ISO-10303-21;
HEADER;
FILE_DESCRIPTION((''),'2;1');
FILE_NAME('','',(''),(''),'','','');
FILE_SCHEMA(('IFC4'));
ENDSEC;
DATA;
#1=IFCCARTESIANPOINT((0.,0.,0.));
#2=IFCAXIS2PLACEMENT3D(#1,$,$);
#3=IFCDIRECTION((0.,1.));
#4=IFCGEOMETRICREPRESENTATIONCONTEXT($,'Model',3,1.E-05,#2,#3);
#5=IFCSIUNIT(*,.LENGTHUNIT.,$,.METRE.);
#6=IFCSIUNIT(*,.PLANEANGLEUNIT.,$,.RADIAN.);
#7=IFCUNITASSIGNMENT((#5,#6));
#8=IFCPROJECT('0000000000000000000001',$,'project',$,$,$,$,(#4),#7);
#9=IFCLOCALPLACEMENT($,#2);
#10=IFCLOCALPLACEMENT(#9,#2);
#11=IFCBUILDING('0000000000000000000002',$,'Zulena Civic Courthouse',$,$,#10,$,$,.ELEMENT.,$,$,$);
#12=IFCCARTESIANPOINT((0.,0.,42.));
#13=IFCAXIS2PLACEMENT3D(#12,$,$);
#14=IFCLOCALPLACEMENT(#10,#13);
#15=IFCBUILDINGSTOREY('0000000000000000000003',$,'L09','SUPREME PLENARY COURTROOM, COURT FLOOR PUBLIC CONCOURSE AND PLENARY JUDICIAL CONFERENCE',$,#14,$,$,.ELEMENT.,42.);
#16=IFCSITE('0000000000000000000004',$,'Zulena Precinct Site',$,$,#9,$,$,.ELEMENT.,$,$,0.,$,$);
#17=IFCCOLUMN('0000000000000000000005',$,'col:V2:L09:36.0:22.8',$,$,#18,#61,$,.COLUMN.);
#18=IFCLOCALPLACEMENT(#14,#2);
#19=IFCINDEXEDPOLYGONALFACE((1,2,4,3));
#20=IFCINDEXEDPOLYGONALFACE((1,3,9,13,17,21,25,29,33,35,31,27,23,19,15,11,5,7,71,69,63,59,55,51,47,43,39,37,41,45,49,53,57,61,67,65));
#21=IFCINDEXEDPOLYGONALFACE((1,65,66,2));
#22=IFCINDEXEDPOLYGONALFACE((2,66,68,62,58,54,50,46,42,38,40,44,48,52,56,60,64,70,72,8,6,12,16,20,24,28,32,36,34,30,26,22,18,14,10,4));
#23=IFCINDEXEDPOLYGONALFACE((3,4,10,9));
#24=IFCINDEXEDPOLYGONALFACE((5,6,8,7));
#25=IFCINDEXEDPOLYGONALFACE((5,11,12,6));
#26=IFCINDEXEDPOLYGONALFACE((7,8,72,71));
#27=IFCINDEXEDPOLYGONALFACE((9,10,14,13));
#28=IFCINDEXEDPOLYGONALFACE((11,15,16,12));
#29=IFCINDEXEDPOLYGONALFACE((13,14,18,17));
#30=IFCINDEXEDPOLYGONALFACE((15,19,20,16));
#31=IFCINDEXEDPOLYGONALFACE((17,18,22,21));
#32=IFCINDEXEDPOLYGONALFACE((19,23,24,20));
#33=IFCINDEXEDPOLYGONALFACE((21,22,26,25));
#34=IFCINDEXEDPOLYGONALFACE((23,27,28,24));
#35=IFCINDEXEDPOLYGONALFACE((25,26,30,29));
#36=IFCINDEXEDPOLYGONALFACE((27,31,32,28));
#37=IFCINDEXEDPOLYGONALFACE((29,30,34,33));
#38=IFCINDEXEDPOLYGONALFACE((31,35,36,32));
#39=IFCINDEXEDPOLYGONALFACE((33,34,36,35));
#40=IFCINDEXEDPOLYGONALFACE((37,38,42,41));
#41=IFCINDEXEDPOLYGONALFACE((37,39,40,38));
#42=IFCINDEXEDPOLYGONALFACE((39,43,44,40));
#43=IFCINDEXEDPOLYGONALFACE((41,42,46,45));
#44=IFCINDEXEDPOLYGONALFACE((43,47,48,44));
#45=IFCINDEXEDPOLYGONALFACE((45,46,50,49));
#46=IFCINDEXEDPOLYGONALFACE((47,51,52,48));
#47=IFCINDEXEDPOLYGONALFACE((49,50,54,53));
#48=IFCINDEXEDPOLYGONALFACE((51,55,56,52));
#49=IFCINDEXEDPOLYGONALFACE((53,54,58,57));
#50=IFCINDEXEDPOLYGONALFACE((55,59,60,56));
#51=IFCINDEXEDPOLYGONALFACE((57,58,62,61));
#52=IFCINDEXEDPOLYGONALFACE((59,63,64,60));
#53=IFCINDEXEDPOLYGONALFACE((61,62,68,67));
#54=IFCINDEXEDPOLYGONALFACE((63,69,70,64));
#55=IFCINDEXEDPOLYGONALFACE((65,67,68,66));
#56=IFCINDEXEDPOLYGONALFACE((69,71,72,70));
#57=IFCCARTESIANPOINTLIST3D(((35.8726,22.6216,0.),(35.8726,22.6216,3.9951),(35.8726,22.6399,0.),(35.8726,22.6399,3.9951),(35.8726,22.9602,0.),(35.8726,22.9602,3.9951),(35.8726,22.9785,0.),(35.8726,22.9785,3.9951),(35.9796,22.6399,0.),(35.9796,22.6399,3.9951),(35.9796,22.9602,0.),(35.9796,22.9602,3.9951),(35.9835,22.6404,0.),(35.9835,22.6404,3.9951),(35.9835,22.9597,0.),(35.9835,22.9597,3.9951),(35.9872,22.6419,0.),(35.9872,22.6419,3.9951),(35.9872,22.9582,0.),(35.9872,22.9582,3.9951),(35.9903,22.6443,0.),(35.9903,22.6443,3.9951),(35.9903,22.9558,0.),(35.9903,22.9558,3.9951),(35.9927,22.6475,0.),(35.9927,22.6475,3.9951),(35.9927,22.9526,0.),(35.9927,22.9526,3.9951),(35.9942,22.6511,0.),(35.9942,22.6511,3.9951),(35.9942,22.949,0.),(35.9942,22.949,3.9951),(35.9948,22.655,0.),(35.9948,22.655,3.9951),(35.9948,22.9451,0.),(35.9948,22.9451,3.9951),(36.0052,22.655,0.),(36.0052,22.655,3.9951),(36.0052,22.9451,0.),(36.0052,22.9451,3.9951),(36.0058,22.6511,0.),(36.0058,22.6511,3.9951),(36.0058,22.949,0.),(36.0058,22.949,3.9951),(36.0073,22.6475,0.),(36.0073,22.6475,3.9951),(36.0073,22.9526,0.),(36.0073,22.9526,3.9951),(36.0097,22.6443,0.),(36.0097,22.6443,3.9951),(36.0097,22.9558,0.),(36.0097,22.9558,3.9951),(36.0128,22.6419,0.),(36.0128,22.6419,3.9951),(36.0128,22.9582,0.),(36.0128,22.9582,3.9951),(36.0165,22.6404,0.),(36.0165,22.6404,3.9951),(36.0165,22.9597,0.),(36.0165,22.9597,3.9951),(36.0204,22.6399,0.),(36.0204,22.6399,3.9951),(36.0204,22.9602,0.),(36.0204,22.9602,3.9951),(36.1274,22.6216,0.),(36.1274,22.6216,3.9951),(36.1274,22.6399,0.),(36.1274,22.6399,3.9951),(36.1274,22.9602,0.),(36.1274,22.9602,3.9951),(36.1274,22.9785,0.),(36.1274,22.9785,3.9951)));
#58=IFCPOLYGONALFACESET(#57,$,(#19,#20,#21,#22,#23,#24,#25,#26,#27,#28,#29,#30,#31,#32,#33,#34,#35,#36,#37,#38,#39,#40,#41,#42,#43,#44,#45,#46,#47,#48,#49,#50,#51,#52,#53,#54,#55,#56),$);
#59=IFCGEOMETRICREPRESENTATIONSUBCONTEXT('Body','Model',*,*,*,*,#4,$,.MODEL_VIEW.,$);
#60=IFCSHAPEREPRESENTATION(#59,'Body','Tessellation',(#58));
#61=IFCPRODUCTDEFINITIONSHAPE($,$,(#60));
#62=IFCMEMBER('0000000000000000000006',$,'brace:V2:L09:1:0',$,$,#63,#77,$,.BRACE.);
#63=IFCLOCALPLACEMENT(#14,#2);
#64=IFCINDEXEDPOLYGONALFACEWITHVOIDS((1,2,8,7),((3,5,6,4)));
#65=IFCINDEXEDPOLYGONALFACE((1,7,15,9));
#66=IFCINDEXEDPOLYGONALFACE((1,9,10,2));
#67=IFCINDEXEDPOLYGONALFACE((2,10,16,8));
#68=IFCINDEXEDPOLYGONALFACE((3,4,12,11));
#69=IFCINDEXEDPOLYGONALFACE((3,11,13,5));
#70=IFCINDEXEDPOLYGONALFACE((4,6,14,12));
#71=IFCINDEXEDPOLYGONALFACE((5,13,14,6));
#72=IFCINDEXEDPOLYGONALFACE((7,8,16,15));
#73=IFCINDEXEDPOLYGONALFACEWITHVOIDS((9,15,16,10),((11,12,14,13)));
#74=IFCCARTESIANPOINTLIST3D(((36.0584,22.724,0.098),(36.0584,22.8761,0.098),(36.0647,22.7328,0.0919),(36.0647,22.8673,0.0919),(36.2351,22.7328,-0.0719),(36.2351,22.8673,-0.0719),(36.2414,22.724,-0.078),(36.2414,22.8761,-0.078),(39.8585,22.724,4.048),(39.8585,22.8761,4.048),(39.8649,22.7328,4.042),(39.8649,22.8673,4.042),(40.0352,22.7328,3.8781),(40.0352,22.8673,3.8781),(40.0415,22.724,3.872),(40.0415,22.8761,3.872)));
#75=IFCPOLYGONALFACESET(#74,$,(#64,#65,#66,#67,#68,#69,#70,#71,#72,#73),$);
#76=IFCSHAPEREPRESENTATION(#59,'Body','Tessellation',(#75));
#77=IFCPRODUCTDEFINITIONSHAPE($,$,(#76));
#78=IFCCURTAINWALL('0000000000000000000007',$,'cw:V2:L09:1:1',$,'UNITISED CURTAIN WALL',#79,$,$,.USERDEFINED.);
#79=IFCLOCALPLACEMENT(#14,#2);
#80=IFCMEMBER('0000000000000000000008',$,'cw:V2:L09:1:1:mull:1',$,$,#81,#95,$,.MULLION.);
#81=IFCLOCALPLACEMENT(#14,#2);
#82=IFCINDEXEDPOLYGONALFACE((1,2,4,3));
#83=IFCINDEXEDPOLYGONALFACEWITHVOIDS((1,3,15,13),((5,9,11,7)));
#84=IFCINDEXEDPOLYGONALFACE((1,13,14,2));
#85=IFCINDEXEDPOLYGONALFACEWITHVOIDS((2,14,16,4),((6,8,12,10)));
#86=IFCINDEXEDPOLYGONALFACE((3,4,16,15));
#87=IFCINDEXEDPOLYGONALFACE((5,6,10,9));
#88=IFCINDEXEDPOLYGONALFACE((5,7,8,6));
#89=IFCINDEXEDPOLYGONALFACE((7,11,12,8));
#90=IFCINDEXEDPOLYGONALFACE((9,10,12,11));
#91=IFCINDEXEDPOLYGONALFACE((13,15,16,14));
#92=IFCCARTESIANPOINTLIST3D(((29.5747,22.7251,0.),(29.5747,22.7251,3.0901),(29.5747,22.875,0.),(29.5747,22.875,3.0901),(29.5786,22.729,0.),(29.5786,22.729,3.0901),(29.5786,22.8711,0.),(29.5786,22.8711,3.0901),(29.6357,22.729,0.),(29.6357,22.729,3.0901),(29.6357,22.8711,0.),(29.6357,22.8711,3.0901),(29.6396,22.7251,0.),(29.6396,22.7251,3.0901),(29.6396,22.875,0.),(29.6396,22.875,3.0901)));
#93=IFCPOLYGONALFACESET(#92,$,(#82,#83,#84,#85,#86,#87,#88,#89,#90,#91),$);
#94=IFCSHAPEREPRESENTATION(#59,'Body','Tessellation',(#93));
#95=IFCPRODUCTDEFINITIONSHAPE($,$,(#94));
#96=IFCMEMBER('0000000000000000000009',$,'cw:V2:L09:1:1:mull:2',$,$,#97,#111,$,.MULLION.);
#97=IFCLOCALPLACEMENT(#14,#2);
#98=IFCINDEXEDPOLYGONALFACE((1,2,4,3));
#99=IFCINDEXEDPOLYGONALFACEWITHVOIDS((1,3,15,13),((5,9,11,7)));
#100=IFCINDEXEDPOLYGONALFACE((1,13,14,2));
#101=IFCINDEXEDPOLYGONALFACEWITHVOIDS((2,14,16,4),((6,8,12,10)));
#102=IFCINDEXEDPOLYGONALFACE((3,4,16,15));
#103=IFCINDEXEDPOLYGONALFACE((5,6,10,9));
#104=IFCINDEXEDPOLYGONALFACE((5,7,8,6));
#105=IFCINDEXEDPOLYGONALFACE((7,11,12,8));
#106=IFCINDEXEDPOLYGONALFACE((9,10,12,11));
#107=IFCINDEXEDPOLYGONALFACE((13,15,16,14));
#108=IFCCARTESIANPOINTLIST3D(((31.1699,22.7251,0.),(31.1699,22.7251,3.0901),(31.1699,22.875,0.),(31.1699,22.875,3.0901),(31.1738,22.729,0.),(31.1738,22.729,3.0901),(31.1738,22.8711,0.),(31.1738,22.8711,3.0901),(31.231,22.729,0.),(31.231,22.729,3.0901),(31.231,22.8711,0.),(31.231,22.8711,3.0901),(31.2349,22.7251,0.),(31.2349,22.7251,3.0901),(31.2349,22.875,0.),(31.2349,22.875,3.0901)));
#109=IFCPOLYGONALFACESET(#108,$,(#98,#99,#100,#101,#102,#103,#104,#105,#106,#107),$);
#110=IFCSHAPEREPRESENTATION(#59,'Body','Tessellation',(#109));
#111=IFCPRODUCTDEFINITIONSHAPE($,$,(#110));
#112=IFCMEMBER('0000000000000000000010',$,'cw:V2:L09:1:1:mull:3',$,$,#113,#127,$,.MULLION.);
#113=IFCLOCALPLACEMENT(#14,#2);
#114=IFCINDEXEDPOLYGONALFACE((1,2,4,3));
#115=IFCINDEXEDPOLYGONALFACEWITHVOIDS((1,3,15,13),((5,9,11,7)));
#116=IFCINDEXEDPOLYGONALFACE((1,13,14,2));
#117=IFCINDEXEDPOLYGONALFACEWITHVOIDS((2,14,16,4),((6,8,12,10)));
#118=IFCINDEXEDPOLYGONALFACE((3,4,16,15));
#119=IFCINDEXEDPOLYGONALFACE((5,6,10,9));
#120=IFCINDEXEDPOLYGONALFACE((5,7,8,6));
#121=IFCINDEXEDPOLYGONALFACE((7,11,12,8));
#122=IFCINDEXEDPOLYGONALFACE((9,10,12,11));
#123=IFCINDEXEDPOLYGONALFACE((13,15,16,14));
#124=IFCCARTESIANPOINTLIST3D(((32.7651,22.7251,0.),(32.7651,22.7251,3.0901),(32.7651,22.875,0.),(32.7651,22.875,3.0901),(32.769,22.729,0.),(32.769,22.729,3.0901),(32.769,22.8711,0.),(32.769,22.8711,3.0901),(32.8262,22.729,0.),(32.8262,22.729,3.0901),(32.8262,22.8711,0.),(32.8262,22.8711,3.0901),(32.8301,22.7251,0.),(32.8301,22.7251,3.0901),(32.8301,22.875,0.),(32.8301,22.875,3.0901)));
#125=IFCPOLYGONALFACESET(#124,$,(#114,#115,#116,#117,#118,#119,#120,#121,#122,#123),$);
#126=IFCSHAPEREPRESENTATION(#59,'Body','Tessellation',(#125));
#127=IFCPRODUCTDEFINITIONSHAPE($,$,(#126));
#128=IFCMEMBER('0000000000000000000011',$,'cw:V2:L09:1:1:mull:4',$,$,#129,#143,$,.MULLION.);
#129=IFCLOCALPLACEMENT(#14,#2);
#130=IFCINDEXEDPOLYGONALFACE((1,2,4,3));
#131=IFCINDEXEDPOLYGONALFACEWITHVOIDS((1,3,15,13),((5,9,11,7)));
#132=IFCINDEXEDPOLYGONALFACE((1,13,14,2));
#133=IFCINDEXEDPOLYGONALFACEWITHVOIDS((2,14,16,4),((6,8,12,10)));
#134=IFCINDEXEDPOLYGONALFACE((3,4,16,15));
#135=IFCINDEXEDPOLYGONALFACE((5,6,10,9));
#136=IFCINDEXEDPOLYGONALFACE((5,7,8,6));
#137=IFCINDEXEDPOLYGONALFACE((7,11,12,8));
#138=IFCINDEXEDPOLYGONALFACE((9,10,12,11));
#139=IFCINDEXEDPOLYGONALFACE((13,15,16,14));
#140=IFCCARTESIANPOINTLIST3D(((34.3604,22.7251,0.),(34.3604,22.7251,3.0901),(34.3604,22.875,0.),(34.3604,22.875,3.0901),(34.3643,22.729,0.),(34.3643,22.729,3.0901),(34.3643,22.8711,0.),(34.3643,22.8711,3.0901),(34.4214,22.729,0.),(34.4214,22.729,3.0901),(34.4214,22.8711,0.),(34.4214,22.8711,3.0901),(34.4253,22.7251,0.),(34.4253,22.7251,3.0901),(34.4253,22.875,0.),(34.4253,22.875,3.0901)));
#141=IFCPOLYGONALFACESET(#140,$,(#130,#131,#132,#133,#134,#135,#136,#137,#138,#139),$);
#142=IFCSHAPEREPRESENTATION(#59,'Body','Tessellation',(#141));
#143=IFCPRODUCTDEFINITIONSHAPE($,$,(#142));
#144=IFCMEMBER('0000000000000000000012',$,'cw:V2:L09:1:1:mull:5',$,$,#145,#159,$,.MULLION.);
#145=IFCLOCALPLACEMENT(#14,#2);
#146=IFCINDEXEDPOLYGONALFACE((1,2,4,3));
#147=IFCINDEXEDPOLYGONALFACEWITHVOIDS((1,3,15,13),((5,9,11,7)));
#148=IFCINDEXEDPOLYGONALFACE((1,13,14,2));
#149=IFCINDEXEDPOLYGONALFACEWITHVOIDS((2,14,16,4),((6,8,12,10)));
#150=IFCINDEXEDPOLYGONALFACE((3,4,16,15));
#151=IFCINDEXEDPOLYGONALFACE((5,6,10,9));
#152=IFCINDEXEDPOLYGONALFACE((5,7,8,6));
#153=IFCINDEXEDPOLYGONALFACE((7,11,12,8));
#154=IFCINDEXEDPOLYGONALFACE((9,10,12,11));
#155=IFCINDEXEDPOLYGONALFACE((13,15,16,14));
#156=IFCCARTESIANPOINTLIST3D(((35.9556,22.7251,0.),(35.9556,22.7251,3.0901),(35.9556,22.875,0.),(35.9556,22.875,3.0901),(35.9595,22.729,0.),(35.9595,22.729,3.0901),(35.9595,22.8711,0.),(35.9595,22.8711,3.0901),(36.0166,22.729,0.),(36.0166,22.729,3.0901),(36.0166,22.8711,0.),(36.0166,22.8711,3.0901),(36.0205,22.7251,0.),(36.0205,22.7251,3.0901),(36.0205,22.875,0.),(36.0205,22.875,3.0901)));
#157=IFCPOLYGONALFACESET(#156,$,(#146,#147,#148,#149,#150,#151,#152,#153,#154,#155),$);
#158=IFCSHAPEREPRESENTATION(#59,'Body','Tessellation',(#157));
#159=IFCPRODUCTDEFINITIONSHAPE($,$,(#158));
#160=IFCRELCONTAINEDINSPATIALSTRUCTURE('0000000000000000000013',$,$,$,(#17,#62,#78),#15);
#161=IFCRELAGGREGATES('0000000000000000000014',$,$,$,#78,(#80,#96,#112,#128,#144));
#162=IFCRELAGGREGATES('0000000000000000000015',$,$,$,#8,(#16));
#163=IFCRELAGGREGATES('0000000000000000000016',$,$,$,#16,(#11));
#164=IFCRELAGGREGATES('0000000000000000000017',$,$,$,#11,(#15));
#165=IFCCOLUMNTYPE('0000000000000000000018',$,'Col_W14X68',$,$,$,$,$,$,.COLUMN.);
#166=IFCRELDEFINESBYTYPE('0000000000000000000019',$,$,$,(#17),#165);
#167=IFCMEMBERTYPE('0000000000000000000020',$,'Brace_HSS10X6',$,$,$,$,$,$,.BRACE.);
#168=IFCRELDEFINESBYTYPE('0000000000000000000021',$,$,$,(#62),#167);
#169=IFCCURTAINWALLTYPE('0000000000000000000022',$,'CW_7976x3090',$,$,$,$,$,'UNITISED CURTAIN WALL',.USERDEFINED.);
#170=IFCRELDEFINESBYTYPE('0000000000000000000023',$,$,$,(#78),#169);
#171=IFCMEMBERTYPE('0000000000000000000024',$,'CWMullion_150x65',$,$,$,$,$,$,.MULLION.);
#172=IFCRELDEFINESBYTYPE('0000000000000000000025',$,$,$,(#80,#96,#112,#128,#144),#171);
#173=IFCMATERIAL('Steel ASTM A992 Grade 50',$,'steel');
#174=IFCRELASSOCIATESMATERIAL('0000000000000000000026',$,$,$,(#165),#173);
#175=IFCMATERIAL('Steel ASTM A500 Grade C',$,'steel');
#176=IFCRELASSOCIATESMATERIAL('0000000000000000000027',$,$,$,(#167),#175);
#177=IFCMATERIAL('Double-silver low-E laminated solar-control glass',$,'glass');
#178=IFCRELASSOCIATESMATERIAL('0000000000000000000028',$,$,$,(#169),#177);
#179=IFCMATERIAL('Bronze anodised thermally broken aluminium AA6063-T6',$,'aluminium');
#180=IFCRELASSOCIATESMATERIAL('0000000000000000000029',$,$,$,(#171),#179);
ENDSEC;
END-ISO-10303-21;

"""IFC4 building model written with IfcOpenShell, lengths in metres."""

from ifc_helpers import new_model, si_unit, direction, frame, origin, origin_2d, place, context, subcontext, project, spatial, hollow_rectangle, i_section, extrude, material, material_profile, profile_set, type_object, element, aggregate, save


model = new_model("IFC4")

# Units and contexts
model_context = context("Model", 3, precision=1e-05, world=origin(), true_north=direction((0.0, 1.0)))
body_context = subcontext(model_context, "Body", "Model", "MODEL_VIEW")
ifc_project = project(units=[si_unit("LENGTHUNIT", "METRE"), si_unit("PLANEANGLEUNIT", "RADIAN")], contexts=[model_context])

# Site, building, storey
site_placement = place(None, origin())
site = spatial("IfcSite", under=ifc_project, at=site_placement, Name="Zulena Precinct Site", CompositionType="ELEMENT", RefElevation=0.0)
building_placement = place(site_placement, origin())
building = spatial("IfcBuilding", under=site, at=building_placement, Name="Zulena Civic Courthouse", CompositionType="ELEMENT")
storey_placement = place(building_placement, frame((0.0, 0.0, 42.0)))
storey = spatial("IfcBuildingStorey", under=building, at=storey_placement, Name="L09", Description="SUPREME PLENARY COURTROOM, COURT FLOOR PUBLIC CONCOURSE AND PLENARY JUDICIAL CONFERENCE", CompositionType="ELEMENT", Elevation=42.0)

# Column
ifc_material_1 = material(Name="Steel ASTM A992 Grade 50", Category="steel")
ifc_material_profile_1 = material_profile(ifc_material_1, i_section(OverallWidth=0.2549, OverallDepth=0.3569, WebThickness=0.0105, FlangeThickness=0.0183, FilletRadius=0.0151, at=origin_2d()), Name="W14X68")
ifc_profile_set_1 = profile_set([ifc_material_profile_1], Name="Steel ASTM A992 Grade 50")
column_type = type_object("IfcColumnType", Name="Col_W14X68", PredefinedType="COLUMN", material=ifc_profile_set_1)
column_placement = place(storey_placement, frame((36.0, 22.8, 0.0), z_axis=(0.0, 0.0, 1.0), x_axis=(1.0, 0.0, 0.0)))
element("IfcColumn", 1, at=column_placement, inside=storey, type_object=column_type, Name="col:V2:L09:36.0:22.8", PredefinedType="COLUMN", context=body_context, shape_type="SweptSolid", body=[
    extrude(i_section(OverallWidth=0.2549, OverallDepth=0.3569, WebThickness=0.0105, FlangeThickness=0.0183, FilletRadius=0.0151, at=origin_2d()), origin(), (0.0, 0.0, 1.0), 3.9951),
])

# Member
ifc_material_2 = material(Name="Steel ASTM A500 Grade C", Category="steel")
ifc_material_profile_2 = material_profile(ifc_material_2, hollow_rectangle(XDim=0.1521, YDim=0.2539, WallThickness=0.0088, at=origin_2d()), Name="HSS10X6X3/8")
ifc_profile_set_2 = profile_set([ifc_material_profile_2], Name="Steel ASTM A500 Grade C")
member_type_1 = type_object("IfcMemberType", Name="Brace_HSS10X6", PredefinedType="BRACE", material=ifc_profile_set_2)
member_1_placement = place(storey_placement, frame((36.1499, 22.8, 0.01), z_axis=(0.6933, 0.0, 0.720649), x_axis=(0.0, 1.0, 0.0)))
element("IfcMember", 2, at=member_1_placement, inside=storey, type_object=member_type_1, Name="brace:V2:L09:1:0", PredefinedType="BRACE", context=body_context, shape_type="SweptSolid", body=[
    extrude(hollow_rectangle(XDim=0.1521, YDim=0.2539, WallThickness=0.0088, at=origin_2d()), origin(), (0.0, 0.0, 1.0), 5.4812),
])

# Curtain wall, members
ifc_material_3 = material(Name="Double-silver low-E laminated solar-control glass", Category="glass")
curtain_wall_type = type_object("IfcCurtainWallType", Name="CW_7976x3090", ElementType="UNITISED CURTAIN WALL", PredefinedType="USERDEFINED", material=ifc_material_3)
curtain_wall_placement = place(storey_placement, origin())
curtain_wall = element("IfcCurtainWall", 3, at=curtain_wall_placement, inside=storey, type_object=curtain_wall_type, Name="cw:V2:L09:1:1", ObjectType="UNITISED CURTAIN WALL", PredefinedType="USERDEFINED")
ifc_material_4 = material(Name="Bronze anodised thermally broken aluminium AA6063-T6", Category="aluminium")
ifc_material_profile_3 = material_profile(ifc_material_4, hollow_rectangle(XDim=0.0649, YDim=0.1499, WallThickness=0.0039, at=origin_2d()), Name="CWM150X65X4")
ifc_profile_set_3 = profile_set([ifc_material_profile_3], Name="Bronze anodised thermally broken aluminium AA6063-T6")
member_type_2 = type_object("IfcMemberType", Name="CWMullion_150x65", PredefinedType="MULLION", material=ifc_profile_set_3)
member_2_placement = place(storey_placement, frame((29.6072, 22.8, 0.0), z_axis=(0.0, 0.0, 1.0), x_axis=(1.0, 0.0, 0.0)))
member_2 = element("IfcMember", 4, at=member_2_placement, type_object=member_type_2, Name="cw:V2:L09:1:1:mull:1", PredefinedType="MULLION", context=body_context, shape_type="SweptSolid", body=[
    extrude(hollow_rectangle(XDim=0.0649, YDim=0.1499, WallThickness=0.0039, at=origin_2d()), origin(), (0.0, 0.0, 1.0), 3.0901),
])
member_3_placement = place(storey_placement, frame((31.2024, 22.8, 0.0), z_axis=(0.0, 0.0, 1.0), x_axis=(1.0, 0.0, 0.0)))
member_3 = element("IfcMember", 5, at=member_3_placement, type_object=member_type_2, Name="cw:V2:L09:1:1:mull:2", PredefinedType="MULLION", context=body_context, shape_type="SweptSolid", body=[
    extrude(hollow_rectangle(XDim=0.0649, YDim=0.1499, WallThickness=0.0039, at=origin_2d()), origin(), (0.0, 0.0, 1.0), 3.0901),
])
member_4_placement = place(storey_placement, frame((32.7976, 22.8, 0.0), z_axis=(0.0, 0.0, 1.0), x_axis=(1.0, 0.0, 0.0)))
member_4 = element("IfcMember", 6, at=member_4_placement, type_object=member_type_2, Name="cw:V2:L09:1:1:mull:3", PredefinedType="MULLION", context=body_context, shape_type="SweptSolid", body=[
    extrude(hollow_rectangle(XDim=0.0649, YDim=0.1499, WallThickness=0.0039, at=origin_2d()), origin(), (0.0, 0.0, 1.0), 3.0901),
])
member_5_placement = place(storey_placement, frame((34.3928, 22.8, 0.0), z_axis=(0.0, 0.0, 1.0), x_axis=(1.0, 0.0, 0.0)))
member_5 = element("IfcMember", 7, at=member_5_placement, type_object=member_type_2, Name="cw:V2:L09:1:1:mull:4", PredefinedType="MULLION", context=body_context, shape_type="SweptSolid", body=[
    extrude(hollow_rectangle(XDim=0.0649, YDim=0.1499, WallThickness=0.0039, at=origin_2d()), origin(), (0.0, 0.0, 1.0), 3.0901),
])
member_6_placement = place(storey_placement, frame((35.988, 22.8, 0.0), z_axis=(0.0, 0.0, 1.0), x_axis=(1.0, 0.0, 0.0)))
member_6 = element("IfcMember", 8, at=member_6_placement, type_object=member_type_2, Name="cw:V2:L09:1:1:mull:5", PredefinedType="MULLION", context=body_context, shape_type="SweptSolid", body=[
    extrude(hollow_rectangle(XDim=0.0649, YDim=0.1499, WallThickness=0.0039, at=origin_2d()), origin(), (0.0, 0.0, 1.0), 3.0901),
])

aggregate(curtain_wall, [member_2, member_3, member_4, member_5, member_6])

save(model, "model.ifc")
